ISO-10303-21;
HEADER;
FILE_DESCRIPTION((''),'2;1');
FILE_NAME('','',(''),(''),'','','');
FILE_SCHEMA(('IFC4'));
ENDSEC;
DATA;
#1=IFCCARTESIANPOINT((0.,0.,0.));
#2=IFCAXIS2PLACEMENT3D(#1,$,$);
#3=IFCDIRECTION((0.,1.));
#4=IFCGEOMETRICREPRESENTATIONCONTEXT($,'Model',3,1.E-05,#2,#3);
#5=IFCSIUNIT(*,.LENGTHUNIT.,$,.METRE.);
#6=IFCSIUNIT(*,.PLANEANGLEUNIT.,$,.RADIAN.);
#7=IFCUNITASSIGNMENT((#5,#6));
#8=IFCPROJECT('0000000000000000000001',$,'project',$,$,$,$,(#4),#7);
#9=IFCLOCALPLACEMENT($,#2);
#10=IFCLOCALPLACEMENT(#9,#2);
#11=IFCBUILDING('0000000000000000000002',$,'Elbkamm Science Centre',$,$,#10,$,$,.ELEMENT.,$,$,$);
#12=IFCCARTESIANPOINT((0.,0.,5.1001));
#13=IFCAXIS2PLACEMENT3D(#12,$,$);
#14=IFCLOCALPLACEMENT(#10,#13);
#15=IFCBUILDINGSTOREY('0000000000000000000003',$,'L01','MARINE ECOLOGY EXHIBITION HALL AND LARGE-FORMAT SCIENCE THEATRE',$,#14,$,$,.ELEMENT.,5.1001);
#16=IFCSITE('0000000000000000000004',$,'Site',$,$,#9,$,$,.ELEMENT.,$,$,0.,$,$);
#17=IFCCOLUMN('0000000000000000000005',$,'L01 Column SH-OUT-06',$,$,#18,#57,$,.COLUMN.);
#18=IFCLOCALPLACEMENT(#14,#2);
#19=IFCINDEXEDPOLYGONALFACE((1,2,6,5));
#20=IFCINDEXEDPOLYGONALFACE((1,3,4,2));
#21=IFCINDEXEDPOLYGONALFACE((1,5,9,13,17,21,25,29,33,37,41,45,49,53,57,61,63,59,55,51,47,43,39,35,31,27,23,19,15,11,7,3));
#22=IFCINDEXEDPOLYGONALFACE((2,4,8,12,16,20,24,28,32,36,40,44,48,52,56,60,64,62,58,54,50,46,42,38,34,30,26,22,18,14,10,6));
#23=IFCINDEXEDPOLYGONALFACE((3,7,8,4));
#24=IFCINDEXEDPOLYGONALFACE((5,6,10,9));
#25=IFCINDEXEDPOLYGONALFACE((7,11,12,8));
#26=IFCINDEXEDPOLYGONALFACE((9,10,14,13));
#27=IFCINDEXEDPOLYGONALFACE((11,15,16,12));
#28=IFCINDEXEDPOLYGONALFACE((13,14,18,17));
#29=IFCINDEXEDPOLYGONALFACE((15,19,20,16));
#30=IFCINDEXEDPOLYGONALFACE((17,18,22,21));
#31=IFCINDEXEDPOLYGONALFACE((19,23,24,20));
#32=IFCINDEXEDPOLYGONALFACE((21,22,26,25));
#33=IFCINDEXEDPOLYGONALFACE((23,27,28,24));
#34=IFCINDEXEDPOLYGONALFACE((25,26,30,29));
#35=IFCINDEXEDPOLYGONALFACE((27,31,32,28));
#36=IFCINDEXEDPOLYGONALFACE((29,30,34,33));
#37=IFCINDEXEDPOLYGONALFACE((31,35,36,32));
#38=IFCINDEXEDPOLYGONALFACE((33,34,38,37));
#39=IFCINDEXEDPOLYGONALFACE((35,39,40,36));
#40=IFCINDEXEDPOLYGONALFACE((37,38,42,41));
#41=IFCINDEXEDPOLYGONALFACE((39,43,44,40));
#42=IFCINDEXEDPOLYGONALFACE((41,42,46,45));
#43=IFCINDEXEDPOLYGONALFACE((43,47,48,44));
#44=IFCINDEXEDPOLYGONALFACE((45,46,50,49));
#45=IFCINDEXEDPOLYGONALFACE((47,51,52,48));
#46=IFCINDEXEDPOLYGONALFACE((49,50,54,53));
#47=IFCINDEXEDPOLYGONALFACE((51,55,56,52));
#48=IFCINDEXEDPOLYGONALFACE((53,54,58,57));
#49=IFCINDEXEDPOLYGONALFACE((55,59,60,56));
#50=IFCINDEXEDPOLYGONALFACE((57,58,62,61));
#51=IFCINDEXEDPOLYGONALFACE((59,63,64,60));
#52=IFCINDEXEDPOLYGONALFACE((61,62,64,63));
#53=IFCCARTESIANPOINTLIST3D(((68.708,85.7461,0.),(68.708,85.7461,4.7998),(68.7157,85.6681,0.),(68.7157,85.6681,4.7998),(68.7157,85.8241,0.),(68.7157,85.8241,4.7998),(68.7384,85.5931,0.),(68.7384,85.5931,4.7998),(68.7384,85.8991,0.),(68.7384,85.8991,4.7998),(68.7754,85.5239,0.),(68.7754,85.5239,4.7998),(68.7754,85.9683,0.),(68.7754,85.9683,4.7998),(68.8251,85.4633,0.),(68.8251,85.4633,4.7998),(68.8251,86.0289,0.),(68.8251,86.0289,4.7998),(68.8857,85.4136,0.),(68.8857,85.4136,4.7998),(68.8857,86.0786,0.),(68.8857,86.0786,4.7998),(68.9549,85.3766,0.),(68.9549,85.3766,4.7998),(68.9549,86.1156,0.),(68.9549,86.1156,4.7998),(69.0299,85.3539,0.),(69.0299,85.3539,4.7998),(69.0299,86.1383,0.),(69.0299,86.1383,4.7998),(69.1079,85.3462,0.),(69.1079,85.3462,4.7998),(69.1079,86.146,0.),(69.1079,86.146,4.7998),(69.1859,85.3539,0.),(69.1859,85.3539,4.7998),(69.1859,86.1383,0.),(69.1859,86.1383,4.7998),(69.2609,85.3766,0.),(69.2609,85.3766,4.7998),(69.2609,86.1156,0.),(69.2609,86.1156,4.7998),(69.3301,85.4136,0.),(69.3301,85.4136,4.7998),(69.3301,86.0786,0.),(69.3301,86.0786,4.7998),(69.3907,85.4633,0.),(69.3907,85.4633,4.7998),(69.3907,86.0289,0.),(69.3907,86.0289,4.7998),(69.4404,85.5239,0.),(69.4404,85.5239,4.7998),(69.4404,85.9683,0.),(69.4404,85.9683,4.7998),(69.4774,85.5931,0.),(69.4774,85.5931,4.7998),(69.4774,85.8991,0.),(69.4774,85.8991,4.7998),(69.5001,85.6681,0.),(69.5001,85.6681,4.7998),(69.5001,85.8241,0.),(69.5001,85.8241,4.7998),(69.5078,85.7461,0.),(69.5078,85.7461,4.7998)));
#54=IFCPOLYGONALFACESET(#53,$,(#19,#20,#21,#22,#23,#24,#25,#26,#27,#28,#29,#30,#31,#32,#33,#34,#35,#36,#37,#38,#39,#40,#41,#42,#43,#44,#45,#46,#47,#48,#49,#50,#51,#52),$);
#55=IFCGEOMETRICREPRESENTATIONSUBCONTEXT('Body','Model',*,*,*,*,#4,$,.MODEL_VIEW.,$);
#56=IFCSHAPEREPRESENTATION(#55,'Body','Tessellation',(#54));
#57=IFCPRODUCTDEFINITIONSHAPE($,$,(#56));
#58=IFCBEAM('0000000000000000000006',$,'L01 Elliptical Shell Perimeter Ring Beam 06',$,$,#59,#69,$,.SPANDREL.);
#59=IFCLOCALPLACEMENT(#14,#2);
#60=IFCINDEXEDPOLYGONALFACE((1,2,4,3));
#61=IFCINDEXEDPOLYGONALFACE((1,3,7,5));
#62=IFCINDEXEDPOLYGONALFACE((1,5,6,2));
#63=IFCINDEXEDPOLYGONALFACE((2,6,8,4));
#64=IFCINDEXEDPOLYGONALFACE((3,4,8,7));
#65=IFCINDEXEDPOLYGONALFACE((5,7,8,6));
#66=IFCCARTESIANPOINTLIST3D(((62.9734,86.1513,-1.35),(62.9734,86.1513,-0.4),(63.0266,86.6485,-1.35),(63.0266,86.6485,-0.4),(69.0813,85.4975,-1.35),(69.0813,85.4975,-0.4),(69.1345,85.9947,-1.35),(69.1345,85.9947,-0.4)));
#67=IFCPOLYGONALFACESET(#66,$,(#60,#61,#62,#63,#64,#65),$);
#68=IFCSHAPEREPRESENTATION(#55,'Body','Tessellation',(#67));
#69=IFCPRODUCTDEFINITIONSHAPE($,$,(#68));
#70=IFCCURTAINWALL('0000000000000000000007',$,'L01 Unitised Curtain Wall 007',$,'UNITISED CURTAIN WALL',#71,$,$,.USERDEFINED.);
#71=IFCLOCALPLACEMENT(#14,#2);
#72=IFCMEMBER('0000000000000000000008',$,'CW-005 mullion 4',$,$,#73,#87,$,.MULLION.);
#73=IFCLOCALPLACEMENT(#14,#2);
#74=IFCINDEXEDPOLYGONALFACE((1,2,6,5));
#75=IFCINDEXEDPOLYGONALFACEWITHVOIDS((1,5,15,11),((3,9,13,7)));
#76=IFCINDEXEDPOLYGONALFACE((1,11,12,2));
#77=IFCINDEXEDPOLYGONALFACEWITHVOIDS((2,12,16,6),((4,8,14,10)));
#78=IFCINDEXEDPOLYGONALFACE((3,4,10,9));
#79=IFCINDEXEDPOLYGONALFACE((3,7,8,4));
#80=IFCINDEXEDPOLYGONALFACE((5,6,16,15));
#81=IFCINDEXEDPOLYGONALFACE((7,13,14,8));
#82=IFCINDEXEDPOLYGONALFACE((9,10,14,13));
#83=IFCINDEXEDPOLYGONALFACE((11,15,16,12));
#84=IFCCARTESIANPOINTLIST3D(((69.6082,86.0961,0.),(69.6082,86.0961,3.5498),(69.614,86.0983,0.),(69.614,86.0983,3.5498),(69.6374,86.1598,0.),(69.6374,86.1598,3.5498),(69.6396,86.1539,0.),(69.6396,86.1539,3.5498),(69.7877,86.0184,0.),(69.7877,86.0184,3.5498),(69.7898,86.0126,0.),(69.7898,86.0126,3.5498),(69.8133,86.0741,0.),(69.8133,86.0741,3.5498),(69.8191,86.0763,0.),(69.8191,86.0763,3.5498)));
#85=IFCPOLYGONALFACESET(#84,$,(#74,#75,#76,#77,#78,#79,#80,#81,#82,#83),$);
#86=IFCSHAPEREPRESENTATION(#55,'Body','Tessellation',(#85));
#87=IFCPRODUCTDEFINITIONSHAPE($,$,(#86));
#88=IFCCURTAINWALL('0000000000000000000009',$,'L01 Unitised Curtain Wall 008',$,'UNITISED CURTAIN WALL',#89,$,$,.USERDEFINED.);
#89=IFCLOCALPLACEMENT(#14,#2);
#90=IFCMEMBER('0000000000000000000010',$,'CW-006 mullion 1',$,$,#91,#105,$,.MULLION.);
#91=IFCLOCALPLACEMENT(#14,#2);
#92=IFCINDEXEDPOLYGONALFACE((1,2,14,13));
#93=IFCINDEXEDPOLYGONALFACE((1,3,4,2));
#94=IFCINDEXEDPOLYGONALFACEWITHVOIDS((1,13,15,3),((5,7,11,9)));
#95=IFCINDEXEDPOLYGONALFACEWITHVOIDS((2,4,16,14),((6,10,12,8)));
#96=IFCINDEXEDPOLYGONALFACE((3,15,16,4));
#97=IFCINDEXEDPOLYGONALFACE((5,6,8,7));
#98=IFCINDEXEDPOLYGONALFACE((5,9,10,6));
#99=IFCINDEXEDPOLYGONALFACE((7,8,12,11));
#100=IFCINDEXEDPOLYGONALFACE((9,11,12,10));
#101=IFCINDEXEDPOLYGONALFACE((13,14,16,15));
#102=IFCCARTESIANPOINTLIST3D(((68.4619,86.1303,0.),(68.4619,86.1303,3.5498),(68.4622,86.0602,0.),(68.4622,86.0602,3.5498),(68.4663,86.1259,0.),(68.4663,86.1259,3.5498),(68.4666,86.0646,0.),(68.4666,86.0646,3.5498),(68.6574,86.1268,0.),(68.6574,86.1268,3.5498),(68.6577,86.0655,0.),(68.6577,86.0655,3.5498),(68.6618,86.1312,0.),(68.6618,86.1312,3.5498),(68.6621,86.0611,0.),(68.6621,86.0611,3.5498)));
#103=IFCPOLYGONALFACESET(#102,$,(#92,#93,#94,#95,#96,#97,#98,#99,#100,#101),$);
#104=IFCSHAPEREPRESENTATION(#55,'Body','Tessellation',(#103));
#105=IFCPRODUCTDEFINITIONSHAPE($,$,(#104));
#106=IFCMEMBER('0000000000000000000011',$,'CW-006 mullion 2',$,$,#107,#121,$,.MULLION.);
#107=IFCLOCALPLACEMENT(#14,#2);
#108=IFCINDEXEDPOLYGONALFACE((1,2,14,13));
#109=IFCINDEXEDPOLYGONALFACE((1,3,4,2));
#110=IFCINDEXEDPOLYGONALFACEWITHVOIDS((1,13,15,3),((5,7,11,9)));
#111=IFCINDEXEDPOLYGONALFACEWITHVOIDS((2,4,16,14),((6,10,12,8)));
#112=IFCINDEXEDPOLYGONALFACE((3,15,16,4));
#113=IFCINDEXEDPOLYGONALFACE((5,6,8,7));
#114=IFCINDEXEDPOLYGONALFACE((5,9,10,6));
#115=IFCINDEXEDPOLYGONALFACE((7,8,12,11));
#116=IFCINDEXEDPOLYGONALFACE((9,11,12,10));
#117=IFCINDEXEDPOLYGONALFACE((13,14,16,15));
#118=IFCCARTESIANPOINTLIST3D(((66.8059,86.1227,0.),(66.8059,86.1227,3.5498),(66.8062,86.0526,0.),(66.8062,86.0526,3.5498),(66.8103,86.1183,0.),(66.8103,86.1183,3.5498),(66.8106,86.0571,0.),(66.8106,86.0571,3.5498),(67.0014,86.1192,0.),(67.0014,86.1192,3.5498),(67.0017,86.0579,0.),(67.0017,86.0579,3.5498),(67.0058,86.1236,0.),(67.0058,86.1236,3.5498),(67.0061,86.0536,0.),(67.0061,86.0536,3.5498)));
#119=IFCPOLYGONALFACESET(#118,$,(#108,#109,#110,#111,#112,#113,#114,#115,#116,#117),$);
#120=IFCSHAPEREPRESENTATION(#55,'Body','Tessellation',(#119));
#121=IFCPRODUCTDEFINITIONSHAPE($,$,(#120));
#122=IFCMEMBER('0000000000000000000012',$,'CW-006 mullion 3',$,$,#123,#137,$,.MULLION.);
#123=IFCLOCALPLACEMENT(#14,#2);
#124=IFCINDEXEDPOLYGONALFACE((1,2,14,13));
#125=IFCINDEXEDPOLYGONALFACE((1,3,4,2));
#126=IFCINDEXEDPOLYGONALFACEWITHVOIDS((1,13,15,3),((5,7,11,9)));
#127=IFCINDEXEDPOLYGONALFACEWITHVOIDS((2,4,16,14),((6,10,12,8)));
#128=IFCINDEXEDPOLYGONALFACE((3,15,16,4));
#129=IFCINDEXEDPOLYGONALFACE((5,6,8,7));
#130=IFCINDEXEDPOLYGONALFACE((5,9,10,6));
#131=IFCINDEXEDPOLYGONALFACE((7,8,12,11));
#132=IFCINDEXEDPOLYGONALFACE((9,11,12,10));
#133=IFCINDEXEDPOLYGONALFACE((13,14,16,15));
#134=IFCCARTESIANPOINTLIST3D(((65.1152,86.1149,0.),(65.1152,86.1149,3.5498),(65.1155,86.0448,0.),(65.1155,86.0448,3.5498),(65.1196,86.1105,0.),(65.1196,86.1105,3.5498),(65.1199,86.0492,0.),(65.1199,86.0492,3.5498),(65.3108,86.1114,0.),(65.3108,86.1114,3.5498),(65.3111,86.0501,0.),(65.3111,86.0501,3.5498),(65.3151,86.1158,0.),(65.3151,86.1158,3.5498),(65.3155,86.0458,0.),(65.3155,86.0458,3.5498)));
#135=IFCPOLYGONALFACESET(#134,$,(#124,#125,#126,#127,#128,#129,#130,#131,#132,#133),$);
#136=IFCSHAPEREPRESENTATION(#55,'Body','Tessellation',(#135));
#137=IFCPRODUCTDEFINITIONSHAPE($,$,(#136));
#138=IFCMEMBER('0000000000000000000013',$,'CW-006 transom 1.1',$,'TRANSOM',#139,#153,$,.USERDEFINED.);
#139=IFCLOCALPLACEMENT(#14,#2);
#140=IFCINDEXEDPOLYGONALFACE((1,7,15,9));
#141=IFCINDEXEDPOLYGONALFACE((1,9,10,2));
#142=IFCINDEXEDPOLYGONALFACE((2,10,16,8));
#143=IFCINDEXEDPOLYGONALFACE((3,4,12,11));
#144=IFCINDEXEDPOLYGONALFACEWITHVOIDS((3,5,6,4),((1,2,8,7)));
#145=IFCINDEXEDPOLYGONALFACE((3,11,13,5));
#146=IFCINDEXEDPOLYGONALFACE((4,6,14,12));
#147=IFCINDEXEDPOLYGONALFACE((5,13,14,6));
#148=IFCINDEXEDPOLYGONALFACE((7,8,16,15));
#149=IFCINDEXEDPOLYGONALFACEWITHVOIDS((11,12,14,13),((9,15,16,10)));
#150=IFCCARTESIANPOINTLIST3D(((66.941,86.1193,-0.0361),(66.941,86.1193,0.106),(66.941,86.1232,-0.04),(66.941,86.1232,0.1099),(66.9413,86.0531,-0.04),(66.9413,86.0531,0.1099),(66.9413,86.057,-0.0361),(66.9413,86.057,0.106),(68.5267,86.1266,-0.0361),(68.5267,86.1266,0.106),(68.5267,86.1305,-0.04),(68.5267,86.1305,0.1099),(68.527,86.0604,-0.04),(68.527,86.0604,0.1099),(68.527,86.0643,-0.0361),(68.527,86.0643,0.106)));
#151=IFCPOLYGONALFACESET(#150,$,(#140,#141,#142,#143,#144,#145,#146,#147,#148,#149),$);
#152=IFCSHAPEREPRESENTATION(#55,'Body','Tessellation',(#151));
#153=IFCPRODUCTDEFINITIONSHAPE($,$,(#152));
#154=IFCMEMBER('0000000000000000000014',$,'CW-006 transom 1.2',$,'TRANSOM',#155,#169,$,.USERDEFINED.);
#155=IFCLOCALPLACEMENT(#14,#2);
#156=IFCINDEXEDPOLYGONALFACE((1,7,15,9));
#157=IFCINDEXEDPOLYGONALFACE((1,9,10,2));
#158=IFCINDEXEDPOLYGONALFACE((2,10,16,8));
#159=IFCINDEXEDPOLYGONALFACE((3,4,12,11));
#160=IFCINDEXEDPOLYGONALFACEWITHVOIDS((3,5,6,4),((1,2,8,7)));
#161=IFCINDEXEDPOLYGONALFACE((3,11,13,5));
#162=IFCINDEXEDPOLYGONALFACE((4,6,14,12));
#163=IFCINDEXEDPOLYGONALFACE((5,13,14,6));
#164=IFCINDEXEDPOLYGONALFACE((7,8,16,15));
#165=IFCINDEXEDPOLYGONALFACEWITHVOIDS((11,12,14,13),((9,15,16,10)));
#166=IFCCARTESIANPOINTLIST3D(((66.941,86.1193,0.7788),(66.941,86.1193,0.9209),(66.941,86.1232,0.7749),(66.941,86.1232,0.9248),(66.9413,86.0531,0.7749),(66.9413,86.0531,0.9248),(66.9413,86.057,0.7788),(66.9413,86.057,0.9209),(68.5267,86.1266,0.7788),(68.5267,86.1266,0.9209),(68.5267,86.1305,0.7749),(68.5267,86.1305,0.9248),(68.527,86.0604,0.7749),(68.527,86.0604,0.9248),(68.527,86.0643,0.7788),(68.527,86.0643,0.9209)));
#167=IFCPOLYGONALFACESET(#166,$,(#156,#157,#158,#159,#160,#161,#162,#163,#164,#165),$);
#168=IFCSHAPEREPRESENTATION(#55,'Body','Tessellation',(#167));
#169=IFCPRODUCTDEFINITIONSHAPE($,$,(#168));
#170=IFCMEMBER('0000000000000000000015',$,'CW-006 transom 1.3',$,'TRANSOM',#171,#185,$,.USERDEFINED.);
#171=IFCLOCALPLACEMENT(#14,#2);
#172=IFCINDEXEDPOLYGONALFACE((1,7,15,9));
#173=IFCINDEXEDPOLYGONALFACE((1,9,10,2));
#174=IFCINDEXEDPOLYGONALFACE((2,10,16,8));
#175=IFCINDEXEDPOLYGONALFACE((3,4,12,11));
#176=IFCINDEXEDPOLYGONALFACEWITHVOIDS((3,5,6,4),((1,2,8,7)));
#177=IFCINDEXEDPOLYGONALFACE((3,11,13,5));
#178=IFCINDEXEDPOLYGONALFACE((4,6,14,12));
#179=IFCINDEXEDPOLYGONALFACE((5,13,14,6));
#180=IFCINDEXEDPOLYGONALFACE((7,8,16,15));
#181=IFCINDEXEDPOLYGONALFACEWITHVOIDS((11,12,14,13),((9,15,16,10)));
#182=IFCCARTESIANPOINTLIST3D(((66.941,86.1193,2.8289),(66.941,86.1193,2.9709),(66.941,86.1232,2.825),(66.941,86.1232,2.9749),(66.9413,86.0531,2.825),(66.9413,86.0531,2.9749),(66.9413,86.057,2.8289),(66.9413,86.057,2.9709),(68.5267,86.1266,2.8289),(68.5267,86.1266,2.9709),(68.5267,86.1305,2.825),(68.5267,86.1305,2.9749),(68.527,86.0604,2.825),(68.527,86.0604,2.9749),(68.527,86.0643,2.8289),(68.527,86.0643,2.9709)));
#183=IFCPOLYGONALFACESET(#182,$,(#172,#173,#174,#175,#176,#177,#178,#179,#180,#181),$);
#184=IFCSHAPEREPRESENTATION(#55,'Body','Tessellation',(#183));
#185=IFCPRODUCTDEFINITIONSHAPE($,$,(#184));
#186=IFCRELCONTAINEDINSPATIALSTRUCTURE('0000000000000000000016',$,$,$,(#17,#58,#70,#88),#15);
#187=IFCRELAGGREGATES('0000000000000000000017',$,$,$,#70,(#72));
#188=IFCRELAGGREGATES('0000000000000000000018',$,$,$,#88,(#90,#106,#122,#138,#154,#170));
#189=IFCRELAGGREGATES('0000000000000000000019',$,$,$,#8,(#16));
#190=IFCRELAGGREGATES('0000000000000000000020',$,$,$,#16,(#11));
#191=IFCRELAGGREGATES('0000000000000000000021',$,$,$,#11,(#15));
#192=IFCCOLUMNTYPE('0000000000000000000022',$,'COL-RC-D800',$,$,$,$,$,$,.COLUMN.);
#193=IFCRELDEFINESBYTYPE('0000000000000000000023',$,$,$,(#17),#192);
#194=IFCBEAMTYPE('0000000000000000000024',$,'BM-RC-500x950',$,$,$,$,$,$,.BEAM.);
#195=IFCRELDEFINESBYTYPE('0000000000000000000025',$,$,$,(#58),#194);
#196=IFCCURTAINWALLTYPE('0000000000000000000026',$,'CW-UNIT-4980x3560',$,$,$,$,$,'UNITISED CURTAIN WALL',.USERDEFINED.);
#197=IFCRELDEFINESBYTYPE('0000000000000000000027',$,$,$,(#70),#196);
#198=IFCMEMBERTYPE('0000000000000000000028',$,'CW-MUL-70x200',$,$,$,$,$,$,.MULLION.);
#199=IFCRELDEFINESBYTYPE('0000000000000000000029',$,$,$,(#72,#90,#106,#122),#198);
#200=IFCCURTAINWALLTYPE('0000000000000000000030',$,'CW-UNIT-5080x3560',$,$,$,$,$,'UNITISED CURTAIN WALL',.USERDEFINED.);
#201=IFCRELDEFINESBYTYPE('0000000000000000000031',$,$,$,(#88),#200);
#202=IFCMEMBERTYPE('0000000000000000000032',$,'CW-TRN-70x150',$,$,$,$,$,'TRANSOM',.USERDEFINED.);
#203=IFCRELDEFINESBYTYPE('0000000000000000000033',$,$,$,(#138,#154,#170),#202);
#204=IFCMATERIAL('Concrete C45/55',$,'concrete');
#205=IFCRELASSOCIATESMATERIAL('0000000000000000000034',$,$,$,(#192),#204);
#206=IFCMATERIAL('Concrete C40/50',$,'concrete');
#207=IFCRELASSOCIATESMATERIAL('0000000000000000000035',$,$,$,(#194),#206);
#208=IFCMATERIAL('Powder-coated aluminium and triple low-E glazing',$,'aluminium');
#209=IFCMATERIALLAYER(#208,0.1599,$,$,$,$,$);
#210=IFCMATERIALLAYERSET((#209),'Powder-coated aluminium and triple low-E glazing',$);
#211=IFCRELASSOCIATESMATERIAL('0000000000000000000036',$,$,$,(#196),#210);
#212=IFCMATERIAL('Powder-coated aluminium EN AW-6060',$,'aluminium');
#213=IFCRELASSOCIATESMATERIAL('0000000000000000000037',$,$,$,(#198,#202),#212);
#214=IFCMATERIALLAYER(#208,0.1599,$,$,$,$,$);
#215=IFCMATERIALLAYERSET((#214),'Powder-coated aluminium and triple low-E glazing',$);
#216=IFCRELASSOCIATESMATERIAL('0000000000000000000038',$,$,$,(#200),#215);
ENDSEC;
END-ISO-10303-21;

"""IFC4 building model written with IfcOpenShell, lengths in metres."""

from ifc_helpers import new_model, si_unit, direction, frame, origin, origin_2d, place, context, subcontext, project, spatial, rectangle, hollow_rectangle, circle, extrude, material, layer, layer_set, material_profile, profile_set, type_object, element, aggregate, save


model = new_model("IFC4")

# Units and contexts
model_context = context("Model", 3, precision=1e-05, world=origin(), true_north=direction((0.0, 1.0)))
body_context = subcontext(model_context, "Body", "Model", "MODEL_VIEW")
ifc_project = project(units=[si_unit("LENGTHUNIT", "METRE"), si_unit("PLANEANGLEUNIT", "RADIAN")], contexts=[model_context])

# Site, building, storey
site_placement = place(None, origin())
site = spatial("IfcSite", under=ifc_project, at=site_placement, Name="Site", CompositionType="ELEMENT", RefElevation=0.0)
building_placement = place(site_placement, origin())
building = spatial("IfcBuilding", under=site, at=building_placement, Name="Elbkamm Science Centre", CompositionType="ELEMENT")
storey_placement = place(building_placement, frame((0.0, 0.0, 5.1001)))
storey = spatial("IfcBuildingStorey", under=building, at=storey_placement, Name="L01", Description="MARINE ECOLOGY EXHIBITION HALL AND LARGE-FORMAT SCIENCE THEATRE", CompositionType="ELEMENT", Elevation=5.1001)

# Column
ifc_material_1 = material(Name="Concrete C45/55", Category="concrete")
ifc_material_profile_1 = material_profile(ifc_material_1, circle(Radius=0.3999, at=origin_2d()), Name="RC D800")
ifc_profile_set_1 = profile_set([ifc_material_profile_1], Name="Concrete C45/55")
column_type = type_object("IfcColumnType", Name="COL-RC-D800", PredefinedType="COLUMN", material=ifc_profile_set_1)
column_placement = place(storey_placement, frame((69.1079, 85.7461, 0.0), z_axis=(0.0, 0.0, 1.0), x_axis=(1.0, 0.0, 0.0)))
element("IfcColumn", 1, at=column_placement, inside=storey, type_object=column_type, Name="L01 Column SH-OUT-06", PredefinedType="COLUMN", context=body_context, shape_type="SweptSolid", body=[
    extrude(circle(Radius=0.3999, at=origin_2d()), origin(), (0.0, 0.0, 1.0), 4.7998),
])

# Beam
ifc_material_2 = material(Name="Concrete C40/50", Category="concrete")
ifc_material_profile_2 = material_profile(ifc_material_2, rectangle(XDim=0.5, YDim=0.95, at=origin_2d()), Name="RC 500x950")
ifc_profile_set_2 = profile_set([ifc_material_profile_2], Name="Concrete C40/50")
beam_type = type_object("IfcBeamType", Name="BM-RC-500x950", PredefinedType="BEAM", material=ifc_profile_set_2)
beam_placement = place(storey_placement, frame((69.1079, 85.7461, -0.875), z_axis=(-0.99432, 0.106435, 0.0), x_axis=(-0.106435, -0.99432, 0.0)))
element("IfcBeam", 2, at=beam_placement, inside=storey, type_object=beam_type, Name="L01 Elliptical Shell Perimeter Ring Beam 06", PredefinedType="SPANDREL", context=body_context, shape_type="SweptSolid", body=[
    extrude(rectangle(XDim=0.5, YDim=0.95, at=origin_2d()), origin(), (0.0, 0.0, 1.0), 6.1428),
])

# Curtain wall, member
ifc_material_3 = material(Name="Powder-coated aluminium and triple low-E glazing", Category="aluminium")
ifc_layer_1 = layer(ifc_material_3, 0.1599)
ifc_layer_set_1 = layer_set([ifc_layer_1], Name="Powder-coated aluminium and triple low-E glazing")
curtain_wall_type_1 = type_object("IfcCurtainWallType", Name="CW-UNIT-4980x3560", ElementType="UNITISED CURTAIN WALL", PredefinedType="USERDEFINED", material=ifc_layer_set_1)
curtain_wall_1_placement = place(storey_placement, origin())
curtain_wall_1 = element("IfcCurtainWall", 3, at=curtain_wall_1_placement, inside=storey, type_object=curtain_wall_type_1, Name="L01 Unitised Curtain Wall 007", ObjectType="UNITISED CURTAIN WALL", PredefinedType="USERDEFINED")
ifc_material_4 = material(Name="Powder-coated aluminium EN AW-6060", Category="aluminium")
ifc_material_profile_3 = material_profile(ifc_material_4, hollow_rectangle(XDim=0.0701, YDim=0.2, WallThickness=0.0044, at=origin_2d()), Name="ALU M70x200")
ifc_profile_set_3 = profile_set([ifc_material_profile_3], Name="Powder-coated aluminium EN AW-6060")
member_type_1 = type_object("IfcMemberType", Name="CW-MUL-70x200", PredefinedType="MULLION", material=ifc_profile_set_3)
member_1_placement = place(storey_placement, frame((69.7136, 86.0862, 0.0), z_axis=(0.0, 0.0, 1.0), x_axis=(-0.417705, -0.908583, 0.0)))
member_1 = element("IfcMember", 4, at=member_1_placement, type_object=member_type_1, Name="CW-005 mullion 4", PredefinedType="MULLION", context=body_context, shape_type="SweptSolid", body=[
    extrude(hollow_rectangle(XDim=0.0701, YDim=0.2, WallThickness=0.0044, at=origin_2d()), origin(), (0.0, 0.0, 1.0), 3.5498),
])

# Curtain wall, members
ifc_layer_2 = layer(ifc_material_3, 0.1599)
ifc_layer_set_2 = layer_set([ifc_layer_2], Name="Powder-coated aluminium and triple low-E glazing")
curtain_wall_type_2 = type_object("IfcCurtainWallType", Name="CW-UNIT-5080x3560", ElementType="UNITISED CURTAIN WALL", PredefinedType="USERDEFINED", material=ifc_layer_set_2)
curtain_wall_2_placement = place(storey_placement, origin())
curtain_wall_2 = element("IfcCurtainWall", 5, at=curtain_wall_2_placement, inside=storey, type_object=curtain_wall_type_2, Name="L01 Unitised Curtain Wall 008", ObjectType="UNITISED CURTAIN WALL", PredefinedType="USERDEFINED")
member_2_placement = place(storey_placement, frame((68.562, 86.0957, 0.0), z_axis=(0.0, 0.0, 1.0), x_axis=(0.004633, -0.999989, 0.0)))
member_2 = element("IfcMember", 6, at=member_2_placement, type_object=member_type_1, Name="CW-006 mullion 1", PredefinedType="MULLION", context=body_context, shape_type="SweptSolid", body=[
    extrude(hollow_rectangle(XDim=0.0701, YDim=0.2, WallThickness=0.0044, at=origin_2d()), origin(), (0.0, 0.0, 1.0), 3.5498),
])
member_3_placement = place(storey_placement, frame((66.906, 86.0881, 0.0), z_axis=(0.0, 0.0, 1.0), x_axis=(0.004633, -0.999989, 0.0)))
member_3 = element("IfcMember", 7, at=member_3_placement, type_object=member_type_1, Name="CW-006 mullion 2", PredefinedType="MULLION", context=body_context, shape_type="SweptSolid", body=[
    extrude(hollow_rectangle(XDim=0.0701, YDim=0.2, WallThickness=0.0044, at=origin_2d()), origin(), (0.0, 0.0, 1.0), 3.5498),
])
member_4_placement = place(storey_placement, frame((65.2153, 86.0803, 0.0), z_axis=(0.0, 0.0, 1.0), x_axis=(0.004633, -0.999989, 0.0)))
member_4 = element("IfcMember", 8, at=member_4_placement, type_object=member_type_1, Name="CW-006 mullion 3", PredefinedType="MULLION", context=body_context, shape_type="SweptSolid", body=[
    extrude(hollow_rectangle(XDim=0.0701, YDim=0.2, WallThickness=0.0044, at=origin_2d()), origin(), (0.0, 0.0, 1.0), 3.5498),
])
ifc_material_profile_4 = material_profile(ifc_material_4, hollow_rectangle(XDim=0.0701, YDim=0.1499, WallThickness=0.0039, at=origin_2d()), Name="ALU T70x150")
ifc_profile_set_4 = profile_set([ifc_material_profile_4], Name="Powder-coated aluminium EN AW-6060")
member_type_2 = type_object("IfcMemberType", Name="CW-TRN-70x150", ElementType="TRANSOM", PredefinedType="USERDEFINED", material=ifc_profile_set_4)
member_5_placement = place(storey_placement, frame((68.5269, 86.0955, 0.0349), z_axis=(-0.999989, -0.004619, 0.0), x_axis=(0.004619, -0.999989, 0.0)))
member_5 = element("IfcMember", 9, at=member_5_placement, type_object=member_type_2, Name="CW-006 transom 1.1", ObjectType="TRANSOM", PredefinedType="USERDEFINED", context=body_context, shape_type="SweptSolid", body=[
    extrude(hollow_rectangle(XDim=0.0701, YDim=0.1499, WallThickness=0.0039, at=origin_2d()), origin(), (0.0, 0.0, 1.0), 1.5857),
])
member_6_placement = place(storey_placement, frame((68.5269, 86.0955, 0.8499), z_axis=(-0.999989, -0.004619, 0.0), x_axis=(0.004619, -0.999989, 0.0)))
member_6 = element("IfcMember", 10, at=member_6_placement, type_object=member_type_2, Name="CW-006 transom 1.2", ObjectType="TRANSOM", PredefinedType="USERDEFINED", context=body_context, shape_type="SweptSolid", body=[
    extrude(hollow_rectangle(XDim=0.0701, YDim=0.1499, WallThickness=0.0039, at=origin_2d()), origin(), (0.0, 0.0, 1.0), 1.5857),
])
member_7_placement = place(storey_placement, frame((68.5269, 86.0955, 2.8999), z_axis=(-0.999989, -0.004619, 0.0), x_axis=(0.004619, -0.999989, 0.0)))
member_7 = element("IfcMember", 11, at=member_7_placement, type_object=member_type_2, Name="CW-006 transom 1.3", ObjectType="TRANSOM", PredefinedType="USERDEFINED", context=body_context, shape_type="SweptSolid", body=[
    extrude(hollow_rectangle(XDim=0.0701, YDim=0.1499, WallThickness=0.0039, at=origin_2d()), origin(), (0.0, 0.0, 1.0), 1.5857),
])

aggregate(curtain_wall_1, [member_1])
aggregate(curtain_wall_2, [member_2, member_3, member_4, member_5, member_6, member_7])

save(model, "model.ifc")
